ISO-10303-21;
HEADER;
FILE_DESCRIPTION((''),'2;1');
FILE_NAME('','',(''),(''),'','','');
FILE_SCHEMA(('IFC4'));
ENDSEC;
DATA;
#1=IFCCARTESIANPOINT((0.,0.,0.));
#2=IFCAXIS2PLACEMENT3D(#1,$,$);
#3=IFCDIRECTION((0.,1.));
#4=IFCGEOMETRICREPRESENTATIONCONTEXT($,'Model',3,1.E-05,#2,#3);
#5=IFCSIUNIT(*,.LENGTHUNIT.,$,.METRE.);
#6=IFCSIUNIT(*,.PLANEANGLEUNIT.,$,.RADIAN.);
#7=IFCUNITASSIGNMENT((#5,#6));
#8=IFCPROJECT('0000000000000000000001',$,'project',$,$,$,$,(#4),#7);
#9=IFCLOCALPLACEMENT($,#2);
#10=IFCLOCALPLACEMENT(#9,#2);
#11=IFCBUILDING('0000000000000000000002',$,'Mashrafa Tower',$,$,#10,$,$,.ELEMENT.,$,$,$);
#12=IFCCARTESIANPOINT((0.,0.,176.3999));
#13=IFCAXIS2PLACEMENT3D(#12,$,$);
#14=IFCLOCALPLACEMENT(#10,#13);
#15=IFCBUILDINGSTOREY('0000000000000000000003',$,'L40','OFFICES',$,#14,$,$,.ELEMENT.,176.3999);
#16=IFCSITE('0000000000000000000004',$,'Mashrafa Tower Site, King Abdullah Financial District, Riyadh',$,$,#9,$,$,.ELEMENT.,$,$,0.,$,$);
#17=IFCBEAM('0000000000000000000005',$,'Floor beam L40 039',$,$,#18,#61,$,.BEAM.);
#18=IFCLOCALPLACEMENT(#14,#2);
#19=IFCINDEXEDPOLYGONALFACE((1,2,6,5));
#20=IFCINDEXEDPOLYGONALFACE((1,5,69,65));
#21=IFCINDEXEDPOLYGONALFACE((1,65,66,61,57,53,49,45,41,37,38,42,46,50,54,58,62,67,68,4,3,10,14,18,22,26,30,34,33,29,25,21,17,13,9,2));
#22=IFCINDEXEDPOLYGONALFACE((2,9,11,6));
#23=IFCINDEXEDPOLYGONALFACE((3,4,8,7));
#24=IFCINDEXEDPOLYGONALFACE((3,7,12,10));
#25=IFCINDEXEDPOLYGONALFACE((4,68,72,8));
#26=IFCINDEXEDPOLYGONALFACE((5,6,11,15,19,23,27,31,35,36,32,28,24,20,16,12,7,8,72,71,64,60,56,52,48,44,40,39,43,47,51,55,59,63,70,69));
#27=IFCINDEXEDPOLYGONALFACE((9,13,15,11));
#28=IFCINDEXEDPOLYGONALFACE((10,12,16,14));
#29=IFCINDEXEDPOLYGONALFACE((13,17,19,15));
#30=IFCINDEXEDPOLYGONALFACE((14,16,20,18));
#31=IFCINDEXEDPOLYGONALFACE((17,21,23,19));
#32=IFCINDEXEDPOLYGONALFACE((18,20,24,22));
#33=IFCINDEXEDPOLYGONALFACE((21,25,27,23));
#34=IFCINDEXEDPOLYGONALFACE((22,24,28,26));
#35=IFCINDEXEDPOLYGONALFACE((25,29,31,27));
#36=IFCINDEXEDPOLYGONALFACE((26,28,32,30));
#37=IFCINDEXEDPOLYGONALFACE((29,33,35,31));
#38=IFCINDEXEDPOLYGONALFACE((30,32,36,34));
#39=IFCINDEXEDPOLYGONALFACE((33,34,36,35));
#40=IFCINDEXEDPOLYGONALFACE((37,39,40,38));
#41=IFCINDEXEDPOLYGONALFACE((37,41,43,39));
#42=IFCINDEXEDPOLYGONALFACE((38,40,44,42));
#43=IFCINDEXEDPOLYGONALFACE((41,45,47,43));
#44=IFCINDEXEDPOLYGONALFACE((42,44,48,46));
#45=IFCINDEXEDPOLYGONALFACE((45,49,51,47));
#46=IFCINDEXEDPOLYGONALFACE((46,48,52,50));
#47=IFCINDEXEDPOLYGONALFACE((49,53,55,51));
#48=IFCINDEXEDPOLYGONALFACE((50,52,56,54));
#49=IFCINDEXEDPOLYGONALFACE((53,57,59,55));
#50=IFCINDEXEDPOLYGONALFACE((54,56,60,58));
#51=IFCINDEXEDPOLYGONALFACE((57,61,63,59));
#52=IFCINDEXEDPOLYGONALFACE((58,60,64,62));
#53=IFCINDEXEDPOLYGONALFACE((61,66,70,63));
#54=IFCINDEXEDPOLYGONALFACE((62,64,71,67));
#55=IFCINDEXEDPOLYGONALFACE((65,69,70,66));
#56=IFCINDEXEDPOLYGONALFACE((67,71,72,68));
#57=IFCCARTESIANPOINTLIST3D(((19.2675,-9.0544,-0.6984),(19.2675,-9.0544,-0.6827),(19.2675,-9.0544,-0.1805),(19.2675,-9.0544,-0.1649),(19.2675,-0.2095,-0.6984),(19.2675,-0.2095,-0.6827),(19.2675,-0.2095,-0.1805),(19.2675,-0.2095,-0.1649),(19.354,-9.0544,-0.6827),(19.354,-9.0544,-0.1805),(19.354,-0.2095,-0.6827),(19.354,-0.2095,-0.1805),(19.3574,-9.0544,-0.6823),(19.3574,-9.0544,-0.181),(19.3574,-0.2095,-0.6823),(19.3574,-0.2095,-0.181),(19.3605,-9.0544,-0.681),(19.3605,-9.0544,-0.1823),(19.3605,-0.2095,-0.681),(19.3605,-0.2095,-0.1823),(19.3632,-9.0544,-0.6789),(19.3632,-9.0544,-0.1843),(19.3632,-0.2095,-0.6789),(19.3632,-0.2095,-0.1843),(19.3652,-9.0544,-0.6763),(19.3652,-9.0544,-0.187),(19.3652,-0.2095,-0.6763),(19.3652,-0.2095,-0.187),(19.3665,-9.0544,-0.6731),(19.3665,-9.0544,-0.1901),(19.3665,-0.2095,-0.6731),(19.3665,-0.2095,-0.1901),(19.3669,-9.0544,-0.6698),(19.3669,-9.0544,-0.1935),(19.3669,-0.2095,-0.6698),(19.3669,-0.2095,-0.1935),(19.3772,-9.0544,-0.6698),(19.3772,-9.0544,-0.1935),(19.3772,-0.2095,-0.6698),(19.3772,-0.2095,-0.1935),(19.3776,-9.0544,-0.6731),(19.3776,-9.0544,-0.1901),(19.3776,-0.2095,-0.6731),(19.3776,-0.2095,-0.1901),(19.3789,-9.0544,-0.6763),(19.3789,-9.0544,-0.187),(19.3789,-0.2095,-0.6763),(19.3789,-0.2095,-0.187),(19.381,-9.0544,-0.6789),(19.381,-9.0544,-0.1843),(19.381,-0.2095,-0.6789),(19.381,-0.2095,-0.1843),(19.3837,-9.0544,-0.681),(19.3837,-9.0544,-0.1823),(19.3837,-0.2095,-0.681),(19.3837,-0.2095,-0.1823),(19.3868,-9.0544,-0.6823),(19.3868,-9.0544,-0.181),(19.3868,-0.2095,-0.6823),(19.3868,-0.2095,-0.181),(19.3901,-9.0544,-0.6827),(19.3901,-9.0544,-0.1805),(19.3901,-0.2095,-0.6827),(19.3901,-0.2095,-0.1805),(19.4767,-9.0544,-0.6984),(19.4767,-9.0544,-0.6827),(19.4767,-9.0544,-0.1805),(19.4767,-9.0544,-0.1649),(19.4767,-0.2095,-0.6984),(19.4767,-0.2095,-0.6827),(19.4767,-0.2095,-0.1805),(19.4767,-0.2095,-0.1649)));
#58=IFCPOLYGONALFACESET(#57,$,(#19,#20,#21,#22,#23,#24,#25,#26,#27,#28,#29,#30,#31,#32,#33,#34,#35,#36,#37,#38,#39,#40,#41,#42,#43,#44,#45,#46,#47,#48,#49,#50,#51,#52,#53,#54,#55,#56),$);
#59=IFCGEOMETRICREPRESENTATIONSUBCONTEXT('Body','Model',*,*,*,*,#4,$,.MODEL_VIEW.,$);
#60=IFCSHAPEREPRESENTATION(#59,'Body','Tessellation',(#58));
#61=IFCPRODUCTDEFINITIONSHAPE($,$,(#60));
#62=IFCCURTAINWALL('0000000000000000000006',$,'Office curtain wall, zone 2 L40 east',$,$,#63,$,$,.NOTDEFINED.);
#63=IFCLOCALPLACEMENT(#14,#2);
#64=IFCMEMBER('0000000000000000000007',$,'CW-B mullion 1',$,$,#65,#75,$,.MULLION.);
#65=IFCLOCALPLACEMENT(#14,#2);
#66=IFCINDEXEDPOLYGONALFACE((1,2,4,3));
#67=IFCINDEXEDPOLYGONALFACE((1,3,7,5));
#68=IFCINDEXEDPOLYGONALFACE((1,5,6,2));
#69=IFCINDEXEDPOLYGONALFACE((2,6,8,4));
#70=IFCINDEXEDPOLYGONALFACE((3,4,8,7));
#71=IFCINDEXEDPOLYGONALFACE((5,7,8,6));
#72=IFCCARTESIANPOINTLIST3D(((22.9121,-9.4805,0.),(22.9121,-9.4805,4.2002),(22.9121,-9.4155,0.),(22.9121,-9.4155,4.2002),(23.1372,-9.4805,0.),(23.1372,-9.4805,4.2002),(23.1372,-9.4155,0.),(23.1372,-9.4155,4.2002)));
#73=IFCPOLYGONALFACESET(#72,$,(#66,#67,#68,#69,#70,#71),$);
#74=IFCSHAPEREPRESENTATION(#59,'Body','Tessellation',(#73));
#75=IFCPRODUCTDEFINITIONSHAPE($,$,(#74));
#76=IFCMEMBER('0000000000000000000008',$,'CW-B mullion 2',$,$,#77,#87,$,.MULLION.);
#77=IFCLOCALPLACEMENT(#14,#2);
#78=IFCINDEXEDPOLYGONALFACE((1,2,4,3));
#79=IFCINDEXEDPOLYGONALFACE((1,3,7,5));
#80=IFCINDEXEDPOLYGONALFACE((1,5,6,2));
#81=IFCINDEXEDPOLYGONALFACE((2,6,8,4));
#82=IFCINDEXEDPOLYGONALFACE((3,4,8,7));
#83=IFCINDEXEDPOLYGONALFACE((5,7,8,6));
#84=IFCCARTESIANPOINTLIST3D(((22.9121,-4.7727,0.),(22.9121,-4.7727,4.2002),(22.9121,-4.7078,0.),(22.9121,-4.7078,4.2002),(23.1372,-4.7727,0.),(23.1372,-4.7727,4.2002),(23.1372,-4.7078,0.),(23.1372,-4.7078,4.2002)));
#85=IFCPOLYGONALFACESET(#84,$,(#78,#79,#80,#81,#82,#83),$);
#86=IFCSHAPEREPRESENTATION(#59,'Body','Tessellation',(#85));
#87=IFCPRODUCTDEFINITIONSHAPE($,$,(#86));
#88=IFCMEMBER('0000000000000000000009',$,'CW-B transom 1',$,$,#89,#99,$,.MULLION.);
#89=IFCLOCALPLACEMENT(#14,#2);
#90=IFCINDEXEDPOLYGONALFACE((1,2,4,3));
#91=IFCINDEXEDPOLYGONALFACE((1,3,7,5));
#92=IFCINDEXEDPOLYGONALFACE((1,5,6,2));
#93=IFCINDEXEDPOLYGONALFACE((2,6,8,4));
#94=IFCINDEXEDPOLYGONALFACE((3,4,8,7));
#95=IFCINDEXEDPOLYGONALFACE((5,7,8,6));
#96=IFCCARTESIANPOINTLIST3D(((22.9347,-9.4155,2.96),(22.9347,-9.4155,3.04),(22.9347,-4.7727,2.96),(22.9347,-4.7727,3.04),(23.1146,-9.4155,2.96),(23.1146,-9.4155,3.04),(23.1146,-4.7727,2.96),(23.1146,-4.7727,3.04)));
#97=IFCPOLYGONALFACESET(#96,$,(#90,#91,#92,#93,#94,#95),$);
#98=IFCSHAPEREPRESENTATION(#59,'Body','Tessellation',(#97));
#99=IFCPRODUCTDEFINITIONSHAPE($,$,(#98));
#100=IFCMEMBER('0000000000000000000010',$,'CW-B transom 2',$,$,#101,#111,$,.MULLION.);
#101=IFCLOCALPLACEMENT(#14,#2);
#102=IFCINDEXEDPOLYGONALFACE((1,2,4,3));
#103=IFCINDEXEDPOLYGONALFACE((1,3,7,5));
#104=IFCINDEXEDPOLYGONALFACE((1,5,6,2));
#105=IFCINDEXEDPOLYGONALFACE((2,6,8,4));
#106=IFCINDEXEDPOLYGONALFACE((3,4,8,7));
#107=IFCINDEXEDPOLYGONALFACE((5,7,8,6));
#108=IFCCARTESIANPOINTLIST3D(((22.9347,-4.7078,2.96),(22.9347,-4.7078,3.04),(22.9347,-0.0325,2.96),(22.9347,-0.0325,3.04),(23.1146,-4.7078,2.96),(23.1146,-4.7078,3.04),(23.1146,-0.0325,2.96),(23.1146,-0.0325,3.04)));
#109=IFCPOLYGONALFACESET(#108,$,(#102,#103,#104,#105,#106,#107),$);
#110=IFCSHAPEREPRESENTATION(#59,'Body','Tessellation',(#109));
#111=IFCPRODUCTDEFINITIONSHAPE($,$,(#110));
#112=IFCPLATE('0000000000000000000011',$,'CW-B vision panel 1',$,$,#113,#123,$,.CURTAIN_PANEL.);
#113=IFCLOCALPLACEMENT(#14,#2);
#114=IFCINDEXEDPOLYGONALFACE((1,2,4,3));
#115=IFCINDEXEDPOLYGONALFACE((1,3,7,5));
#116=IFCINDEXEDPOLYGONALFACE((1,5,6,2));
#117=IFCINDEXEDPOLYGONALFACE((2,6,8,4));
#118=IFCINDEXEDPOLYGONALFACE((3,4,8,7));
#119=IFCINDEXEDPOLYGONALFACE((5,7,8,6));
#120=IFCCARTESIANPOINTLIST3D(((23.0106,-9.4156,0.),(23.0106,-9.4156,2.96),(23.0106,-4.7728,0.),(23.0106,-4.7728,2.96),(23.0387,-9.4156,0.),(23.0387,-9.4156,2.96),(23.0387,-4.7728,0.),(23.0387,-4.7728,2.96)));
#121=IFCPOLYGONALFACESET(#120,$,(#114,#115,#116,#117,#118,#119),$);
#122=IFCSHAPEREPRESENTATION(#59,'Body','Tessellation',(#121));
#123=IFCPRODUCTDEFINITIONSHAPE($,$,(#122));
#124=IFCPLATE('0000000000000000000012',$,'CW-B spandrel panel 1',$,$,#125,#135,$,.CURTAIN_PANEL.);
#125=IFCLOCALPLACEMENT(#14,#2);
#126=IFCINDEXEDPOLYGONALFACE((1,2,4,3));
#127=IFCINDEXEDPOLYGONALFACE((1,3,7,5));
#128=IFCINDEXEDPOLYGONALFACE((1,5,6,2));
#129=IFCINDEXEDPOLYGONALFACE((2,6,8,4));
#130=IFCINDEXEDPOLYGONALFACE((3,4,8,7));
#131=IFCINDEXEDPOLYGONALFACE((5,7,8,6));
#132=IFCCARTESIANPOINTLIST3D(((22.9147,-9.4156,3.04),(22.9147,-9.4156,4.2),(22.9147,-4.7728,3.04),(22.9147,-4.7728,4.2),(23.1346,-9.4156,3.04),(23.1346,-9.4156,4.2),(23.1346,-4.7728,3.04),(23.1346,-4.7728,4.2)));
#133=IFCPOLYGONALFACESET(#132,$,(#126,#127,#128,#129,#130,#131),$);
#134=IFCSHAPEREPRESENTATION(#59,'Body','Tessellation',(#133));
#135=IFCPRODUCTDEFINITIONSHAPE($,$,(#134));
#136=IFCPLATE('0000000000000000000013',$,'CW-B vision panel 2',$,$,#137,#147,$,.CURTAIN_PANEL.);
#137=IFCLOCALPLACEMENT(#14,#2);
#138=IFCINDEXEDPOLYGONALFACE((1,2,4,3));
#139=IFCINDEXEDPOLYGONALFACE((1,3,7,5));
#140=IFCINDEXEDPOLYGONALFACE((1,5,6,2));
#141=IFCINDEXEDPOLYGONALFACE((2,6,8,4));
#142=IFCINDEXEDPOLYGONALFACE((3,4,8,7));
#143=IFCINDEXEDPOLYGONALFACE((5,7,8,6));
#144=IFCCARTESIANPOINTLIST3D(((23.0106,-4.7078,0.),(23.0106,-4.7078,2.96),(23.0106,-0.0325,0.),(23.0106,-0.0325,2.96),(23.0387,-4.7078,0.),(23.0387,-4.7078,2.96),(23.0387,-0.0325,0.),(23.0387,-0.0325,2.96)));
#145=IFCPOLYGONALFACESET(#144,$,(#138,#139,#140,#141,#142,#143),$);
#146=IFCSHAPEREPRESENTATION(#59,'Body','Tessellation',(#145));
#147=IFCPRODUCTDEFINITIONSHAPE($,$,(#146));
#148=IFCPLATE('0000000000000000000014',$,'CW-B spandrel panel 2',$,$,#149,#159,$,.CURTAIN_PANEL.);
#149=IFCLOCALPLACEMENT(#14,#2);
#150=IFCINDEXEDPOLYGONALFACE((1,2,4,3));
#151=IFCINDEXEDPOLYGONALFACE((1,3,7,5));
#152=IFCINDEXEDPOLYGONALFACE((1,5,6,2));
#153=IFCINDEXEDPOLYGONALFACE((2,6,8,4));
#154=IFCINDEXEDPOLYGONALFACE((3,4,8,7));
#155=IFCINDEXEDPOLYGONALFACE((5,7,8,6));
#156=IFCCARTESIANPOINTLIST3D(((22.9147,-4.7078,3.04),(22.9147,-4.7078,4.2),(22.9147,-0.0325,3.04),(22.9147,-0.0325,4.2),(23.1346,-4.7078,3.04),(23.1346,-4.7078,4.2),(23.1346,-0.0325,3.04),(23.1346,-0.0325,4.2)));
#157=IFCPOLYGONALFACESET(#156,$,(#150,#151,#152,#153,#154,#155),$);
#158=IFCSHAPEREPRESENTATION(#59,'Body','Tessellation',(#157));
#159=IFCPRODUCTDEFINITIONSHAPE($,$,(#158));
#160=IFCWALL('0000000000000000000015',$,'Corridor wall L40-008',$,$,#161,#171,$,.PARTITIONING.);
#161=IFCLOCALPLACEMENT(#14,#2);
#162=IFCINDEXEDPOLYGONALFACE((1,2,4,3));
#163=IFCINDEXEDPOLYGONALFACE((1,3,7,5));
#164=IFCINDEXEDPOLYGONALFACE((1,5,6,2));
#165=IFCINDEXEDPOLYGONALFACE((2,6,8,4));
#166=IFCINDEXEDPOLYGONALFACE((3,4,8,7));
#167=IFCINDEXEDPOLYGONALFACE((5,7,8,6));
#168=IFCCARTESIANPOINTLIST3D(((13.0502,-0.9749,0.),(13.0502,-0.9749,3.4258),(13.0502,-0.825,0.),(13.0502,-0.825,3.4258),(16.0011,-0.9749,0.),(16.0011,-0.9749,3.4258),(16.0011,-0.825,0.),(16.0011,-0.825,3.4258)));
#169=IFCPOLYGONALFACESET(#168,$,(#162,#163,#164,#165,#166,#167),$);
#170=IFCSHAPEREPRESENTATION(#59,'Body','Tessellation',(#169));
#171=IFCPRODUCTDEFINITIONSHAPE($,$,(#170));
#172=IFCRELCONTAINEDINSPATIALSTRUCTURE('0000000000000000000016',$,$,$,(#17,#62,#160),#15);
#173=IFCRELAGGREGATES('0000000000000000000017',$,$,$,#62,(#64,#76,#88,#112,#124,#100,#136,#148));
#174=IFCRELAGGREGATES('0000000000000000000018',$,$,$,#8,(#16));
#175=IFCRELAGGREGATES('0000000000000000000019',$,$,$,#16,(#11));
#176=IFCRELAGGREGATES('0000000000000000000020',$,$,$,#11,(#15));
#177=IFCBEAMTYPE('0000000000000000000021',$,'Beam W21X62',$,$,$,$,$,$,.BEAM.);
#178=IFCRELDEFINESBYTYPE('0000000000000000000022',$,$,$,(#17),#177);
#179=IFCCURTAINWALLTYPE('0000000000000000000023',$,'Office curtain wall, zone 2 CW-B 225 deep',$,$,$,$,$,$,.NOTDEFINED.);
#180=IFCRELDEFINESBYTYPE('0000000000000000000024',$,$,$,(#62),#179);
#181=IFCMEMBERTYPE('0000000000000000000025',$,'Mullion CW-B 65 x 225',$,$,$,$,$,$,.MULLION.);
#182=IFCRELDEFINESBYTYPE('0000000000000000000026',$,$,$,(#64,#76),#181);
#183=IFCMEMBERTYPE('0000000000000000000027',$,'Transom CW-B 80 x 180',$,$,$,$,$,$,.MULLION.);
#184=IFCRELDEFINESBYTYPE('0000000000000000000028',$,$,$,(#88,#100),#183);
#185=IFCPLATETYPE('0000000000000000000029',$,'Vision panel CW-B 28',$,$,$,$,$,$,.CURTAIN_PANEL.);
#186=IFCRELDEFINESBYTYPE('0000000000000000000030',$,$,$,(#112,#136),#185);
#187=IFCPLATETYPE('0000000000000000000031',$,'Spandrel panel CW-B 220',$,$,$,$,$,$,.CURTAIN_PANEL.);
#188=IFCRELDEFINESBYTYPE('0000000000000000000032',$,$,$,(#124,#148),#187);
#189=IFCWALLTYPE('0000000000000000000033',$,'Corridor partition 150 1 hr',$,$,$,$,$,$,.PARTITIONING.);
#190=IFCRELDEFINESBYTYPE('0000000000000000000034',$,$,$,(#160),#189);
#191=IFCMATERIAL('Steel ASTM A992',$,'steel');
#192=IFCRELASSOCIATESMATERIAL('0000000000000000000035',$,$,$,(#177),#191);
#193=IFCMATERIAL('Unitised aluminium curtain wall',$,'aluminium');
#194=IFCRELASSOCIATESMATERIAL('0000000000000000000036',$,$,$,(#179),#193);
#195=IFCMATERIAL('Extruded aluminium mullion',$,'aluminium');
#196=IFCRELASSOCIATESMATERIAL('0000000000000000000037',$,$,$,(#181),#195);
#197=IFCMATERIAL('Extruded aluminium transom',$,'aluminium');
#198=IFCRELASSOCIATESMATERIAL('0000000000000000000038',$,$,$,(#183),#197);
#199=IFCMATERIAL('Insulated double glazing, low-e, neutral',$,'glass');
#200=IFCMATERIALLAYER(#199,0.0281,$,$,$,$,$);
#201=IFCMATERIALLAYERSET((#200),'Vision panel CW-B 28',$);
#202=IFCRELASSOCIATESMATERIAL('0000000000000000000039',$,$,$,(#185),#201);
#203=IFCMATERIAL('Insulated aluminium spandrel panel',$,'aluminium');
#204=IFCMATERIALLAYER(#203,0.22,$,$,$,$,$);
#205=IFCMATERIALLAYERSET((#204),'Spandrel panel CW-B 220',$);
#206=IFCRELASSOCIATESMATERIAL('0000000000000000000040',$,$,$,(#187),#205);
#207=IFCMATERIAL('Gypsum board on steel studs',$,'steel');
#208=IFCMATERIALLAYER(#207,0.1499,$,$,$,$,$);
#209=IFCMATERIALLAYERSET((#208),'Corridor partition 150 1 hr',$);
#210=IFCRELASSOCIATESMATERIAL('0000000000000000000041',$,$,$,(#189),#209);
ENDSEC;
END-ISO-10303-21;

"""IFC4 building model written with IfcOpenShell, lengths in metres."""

from ifc_helpers import new_model, si_unit, direction, frame, frame_2d, origin, origin_2d, place, context, subcontext, project, spatial, rectangle, i_section, extrude, source, transform, mapped, material, layer, layer_set, material_profile, profile_set, type_object, type_shapes, element, aggregate, save


model = new_model("IFC4")

# Units and contexts
model_context = context("Model", 3, precision=1e-05, world=origin(), true_north=direction((0.0, 1.0)))
body_context = subcontext(model_context, "Body", "Model", "MODEL_VIEW")
ifc_project = project(units=[si_unit("LENGTHUNIT", "METRE"), si_unit("PLANEANGLEUNIT", "RADIAN")], contexts=[model_context])

# Site, building, storey
site_placement = place(None, origin())
site = spatial("IfcSite", under=ifc_project, at=site_placement, Name="Mashrafa Tower Site, King Abdullah Financial District, Riyadh", CompositionType="ELEMENT", RefElevation=0.0)
building_placement = place(site_placement, origin())
building = spatial("IfcBuilding", under=site, at=building_placement, Name="Mashrafa Tower", CompositionType="ELEMENT")
storey_placement = place(building_placement, frame((0.0, 0.0, 176.3999)))
storey = spatial("IfcBuildingStorey", under=building, at=storey_placement, Name="L40", Description="OFFICES", CompositionType="ELEMENT", Elevation=176.3999)

# Beam
ifc_material_1 = material(Name="Steel ASTM A992", Category="steel")
ifc_material_profile_1 = material_profile(ifc_material_1, i_section(OverallWidth=0.2092, OverallDepth=0.5334, WebThickness=0.0103, FlangeThickness=0.0156, FilletRadius=0.0129, at=origin_2d()), Name="W21X62")
ifc_profile_set_1 = profile_set([ifc_material_profile_1], Name="Steel ASTM A992")
beam_type_1 = type_object("IfcBeamType", Name="Beam W21X62", PredefinedType="BEAM", material=ifc_profile_set_1)
beam_1_placement = place(storey_placement, frame((19.3721, -0.2095, -0.4316), z_axis=(0.0, -1.0, 0.0), x_axis=(1.0, 0.0, 0.0)))
element("IfcBeam", 1, at=beam_1_placement, inside=storey, type_object=beam_type_1, Name="Floor beam L40 039", PredefinedType="BEAM", context=body_context, shape_type="SweptSolid", body=[
    extrude(i_section(OverallWidth=0.2092, OverallDepth=0.5334, WebThickness=0.0103, FlangeThickness=0.0156, FilletRadius=0.0129, at=origin_2d()), origin(), (0.0, 0.0, 1.0), 8.845),
])

# Curtain wall, members, plates
ifc_material_2 = material(Name="Unitised aluminium curtain wall", Category="aluminium")
curtain_wall_type = type_object("IfcCurtainWallType", Name="Office curtain wall, zone 2 CW-B 225 deep", PredefinedType="NOTDEFINED", material=ifc_material_2)
curtain_wall_placement = place(storey_placement, origin())
curtain_wall = element("IfcCurtainWall", 2, at=curtain_wall_placement, inside=storey, type_object=curtain_wall_type, Name="Office curtain wall, zone 2 L40 east", PredefinedType="NOTDEFINED")
ifc_material_3 = material(Name="Extruded aluminium mullion", Category="aluminium")
ifc_material_profile_2 = material_profile(ifc_material_3, rectangle(XDim=0.2251, YDim=0.0649, at=origin_2d()), Name="Mullion 65x225")
ifc_profile_set_2 = profile_set([ifc_material_profile_2], Name="Extruded aluminium mullion")
member_type_1 = type_object("IfcMemberType", Name="Mullion CW-B 65 x 225", PredefinedType="MULLION", material=ifc_profile_set_2)
shared_shape_1 = source(origin(), body_context, "Body", "SweptSolid", [
    extrude(rectangle(XDim=0.2251, YDim=0.0649, at=origin_2d()), origin(), (0.0, 0.0, 1.0), 4.2002),
])
type_shapes(member_type_1, [shared_shape_1])
member_1_placement = place(storey_placement, frame((23.0247, -9.448, 0.0), z_axis=(0.0, 0.0, 1.0), x_axis=(-1.0, 0.0, 0.0)))
member_1 = element("IfcMember", 3, at=member_1_placement, type_object=member_type_1, Name="CW-B mullion 1", PredefinedType="MULLION", context=body_context, shape_type="MappedRepresentation", body=[
    mapped(shared_shape_1, transform((0.0, 0.0, 0.0))),
])
member_2_placement = place(storey_placement, frame((23.0247, -4.7402, 0.0), z_axis=(0.0, 0.0, 1.0), x_axis=(-1.0, 0.0, 0.0)))
member_2 = element("IfcMember", 4, at=member_2_placement, type_object=member_type_1, Name="CW-B mullion 2", PredefinedType="MULLION", context=body_context, shape_type="MappedRepresentation", body=[
    mapped(shared_shape_1, transform((0.0, 0.0, 0.0))),
])
ifc_material_4 = material(Name="Extruded aluminium transom", Category="aluminium")
ifc_material_profile_3 = material_profile(ifc_material_4, rectangle(XDim=0.1799, YDim=0.0801, at=origin_2d()), Name="Transom 80x180")
ifc_profile_set_3 = profile_set([ifc_material_profile_3], Name="Extruded aluminium transom")
member_type_2 = type_object("IfcMemberType", Name="Transom CW-B 80 x 180", PredefinedType="MULLION", material=ifc_profile_set_3)
shared_shape_2 = source(origin(), body_context, "Body", "SweptSolid", [
    extrude(rectangle(XDim=0.1799, YDim=0.0801, at=origin_2d()), origin(), (0.0, 0.0, 1.0), 4.6428),
])
member_3_placement = place(storey_placement, frame((23.0247, -9.4155, 3.0), z_axis=(0.0, 1.0, 0.0), x_axis=(-1.0, 0.0, 0.0)))
member_3 = element("IfcMember", 5, at=member_3_placement, type_object=member_type_2, Name="CW-B transom 1", PredefinedType="MULLION", context=body_context, shape_type="MappedRepresentation", body=[
    mapped(shared_shape_2, transform((0.0, 0.0, 0.0))),
])
shared_shape_3 = source(origin(), body_context, "Body", "SweptSolid", [
    extrude(rectangle(XDim=0.1799, YDim=0.0801, at=origin_2d()), origin(), (0.0, 0.0, 1.0), 4.6753),
])
type_shapes(member_type_2, [shared_shape_2, shared_shape_3])
member_4_placement = place(storey_placement, frame((23.0247, -4.7078, 3.0), z_axis=(0.0, 1.0, 0.0), x_axis=(-1.0, 0.0, 0.0)))
member_4 = element("IfcMember", 6, at=member_4_placement, type_object=member_type_2, Name="CW-B transom 2", PredefinedType="MULLION", context=body_context, shape_type="MappedRepresentation", body=[
    mapped(shared_shape_3, transform((0.0, 0.0, 0.0))),
])
ifc_material_5 = material(Name="Insulated double glazing, low-e, neutral", Category="glass")
ifc_layer_1 = layer(ifc_material_5, 0.0281)
ifc_layer_set_1 = layer_set([ifc_layer_1], Name="Vision panel CW-B 28")
plate_type_1 = type_object("IfcPlateType", Name="Vision panel CW-B 28", PredefinedType="CURTAIN_PANEL", material=ifc_layer_set_1)
shared_shape_4 = source(origin(), body_context, "Body", "SweptSolid", [
    extrude(rectangle(XDim=4.6428, YDim=0.0281, at=origin_2d()), origin(), (0.0, 0.0, 1.0), 2.96),
])
plate_1_placement = place(storey_placement, frame((23.0247, -7.0942, 0.0), z_axis=(0.0, 0.0, 1.0), x_axis=(0.0, 1.0, 0.0)))
plate_1 = element("IfcPlate", 7, at=plate_1_placement, type_object=plate_type_1, Name="CW-B vision panel 1", PredefinedType="CURTAIN_PANEL", context=body_context, shape_type="MappedRepresentation", body=[
    mapped(shared_shape_4, transform((0.0, 0.0, 0.0))),
])
ifc_material_6 = material(Name="Insulated aluminium spandrel panel", Category="aluminium")
ifc_layer_2 = layer(ifc_material_6, 0.22)
ifc_layer_set_2 = layer_set([ifc_layer_2], Name="Spandrel panel CW-B 220")
plate_type_2 = type_object("IfcPlateType", Name="Spandrel panel CW-B 220", PredefinedType="CURTAIN_PANEL", material=ifc_layer_set_2)
shared_shape_5 = source(origin(), body_context, "Body", "SweptSolid", [
    extrude(rectangle(XDim=4.6428, YDim=0.22, at=origin_2d()), origin(), (0.0, 0.0, 1.0), 1.1599),
])
plate_2_placement = place(storey_placement, frame((23.0247, -7.0942, 3.04), z_axis=(0.0, 0.0, 1.0), x_axis=(0.0, 1.0, 0.0)))
plate_2 = element("IfcPlate", 8, at=plate_2_placement, type_object=plate_type_2, Name="CW-B spandrel panel 1", PredefinedType="CURTAIN_PANEL", context=body_context, shape_type="MappedRepresentation", body=[
    mapped(shared_shape_5, transform((0.0, 0.0, 0.0))),
])
shared_shape_6 = source(origin(), body_context, "Body", "SweptSolid", [
    extrude(rectangle(XDim=4.6753, YDim=0.0281, at=origin_2d()), origin(), (0.0, 0.0, 1.0), 2.96),
])
type_shapes(plate_type_1, [shared_shape_4, shared_shape_6])
plate_3_placement = place(storey_placement, frame((23.0247, -2.3701, 0.0), z_axis=(0.0, 0.0, 1.0), x_axis=(0.0, 1.0, 0.0)))
plate_3 = element("IfcPlate", 9, at=plate_3_placement, type_object=plate_type_1, Name="CW-B vision panel 2", PredefinedType="CURTAIN_PANEL", context=body_context, shape_type="MappedRepresentation", body=[
    mapped(shared_shape_6, transform((0.0, 0.0, 0.0))),
])
shared_shape_7 = source(origin(), body_context, "Body", "SweptSolid", [
    extrude(rectangle(XDim=4.6753, YDim=0.22, at=origin_2d()), origin(), (0.0, 0.0, 1.0), 1.1599),
])
type_shapes(plate_type_2, [shared_shape_5, shared_shape_7])
plate_4_placement = place(storey_placement, frame((23.0247, -2.3701, 3.04), z_axis=(0.0, 0.0, 1.0), x_axis=(0.0, 1.0, 0.0)))
plate_4 = element("IfcPlate", 10, at=plate_4_placement, type_object=plate_type_2, Name="CW-B spandrel panel 2", PredefinedType="CURTAIN_PANEL", context=body_context, shape_type="MappedRepresentation", body=[
    mapped(shared_shape_7, transform((0.0, 0.0, 0.0))),
])
aggregate(curtain_wall, [member_1, member_2, member_3, plate_1, plate_2, member_4, plate_3, plate_4])

# Shared definitions
ifc_material_7 = material(Name="Gypsum board on steel studs", Category="steel")
ifc_layer_3 = layer(ifc_material_7, 0.1499)
ifc_layer_set_3 = layer_set([ifc_layer_3], Name="Corridor partition 150 1 hr")
wall_type_1 = type_object("IfcWallType", Name="Corridor partition 150 1 hr", PredefinedType="PARTITIONING", material=ifc_layer_set_3)

# Wall
wall_1_placement = place(storey_placement, frame((13.05, -0.8999, 0.0), z_axis=(0.0, 0.0, 1.0), x_axis=(1.0, 0.0, 0.0)))
element("IfcWall", 11, at=wall_1_placement, inside=storey, type_object=wall_type_1, Name="Corridor wall L40-008", PredefinedType="PARTITIONING", context=body_context, shape_type="SweptSolid", body=[
    extrude(rectangle(XDim=2.9509, YDim=0.1499, at=frame_2d((1.4756, 0.0))), origin(), (0.0, 0.0, 1.0), 3.4258),
])

save(model, "model.ifc")
